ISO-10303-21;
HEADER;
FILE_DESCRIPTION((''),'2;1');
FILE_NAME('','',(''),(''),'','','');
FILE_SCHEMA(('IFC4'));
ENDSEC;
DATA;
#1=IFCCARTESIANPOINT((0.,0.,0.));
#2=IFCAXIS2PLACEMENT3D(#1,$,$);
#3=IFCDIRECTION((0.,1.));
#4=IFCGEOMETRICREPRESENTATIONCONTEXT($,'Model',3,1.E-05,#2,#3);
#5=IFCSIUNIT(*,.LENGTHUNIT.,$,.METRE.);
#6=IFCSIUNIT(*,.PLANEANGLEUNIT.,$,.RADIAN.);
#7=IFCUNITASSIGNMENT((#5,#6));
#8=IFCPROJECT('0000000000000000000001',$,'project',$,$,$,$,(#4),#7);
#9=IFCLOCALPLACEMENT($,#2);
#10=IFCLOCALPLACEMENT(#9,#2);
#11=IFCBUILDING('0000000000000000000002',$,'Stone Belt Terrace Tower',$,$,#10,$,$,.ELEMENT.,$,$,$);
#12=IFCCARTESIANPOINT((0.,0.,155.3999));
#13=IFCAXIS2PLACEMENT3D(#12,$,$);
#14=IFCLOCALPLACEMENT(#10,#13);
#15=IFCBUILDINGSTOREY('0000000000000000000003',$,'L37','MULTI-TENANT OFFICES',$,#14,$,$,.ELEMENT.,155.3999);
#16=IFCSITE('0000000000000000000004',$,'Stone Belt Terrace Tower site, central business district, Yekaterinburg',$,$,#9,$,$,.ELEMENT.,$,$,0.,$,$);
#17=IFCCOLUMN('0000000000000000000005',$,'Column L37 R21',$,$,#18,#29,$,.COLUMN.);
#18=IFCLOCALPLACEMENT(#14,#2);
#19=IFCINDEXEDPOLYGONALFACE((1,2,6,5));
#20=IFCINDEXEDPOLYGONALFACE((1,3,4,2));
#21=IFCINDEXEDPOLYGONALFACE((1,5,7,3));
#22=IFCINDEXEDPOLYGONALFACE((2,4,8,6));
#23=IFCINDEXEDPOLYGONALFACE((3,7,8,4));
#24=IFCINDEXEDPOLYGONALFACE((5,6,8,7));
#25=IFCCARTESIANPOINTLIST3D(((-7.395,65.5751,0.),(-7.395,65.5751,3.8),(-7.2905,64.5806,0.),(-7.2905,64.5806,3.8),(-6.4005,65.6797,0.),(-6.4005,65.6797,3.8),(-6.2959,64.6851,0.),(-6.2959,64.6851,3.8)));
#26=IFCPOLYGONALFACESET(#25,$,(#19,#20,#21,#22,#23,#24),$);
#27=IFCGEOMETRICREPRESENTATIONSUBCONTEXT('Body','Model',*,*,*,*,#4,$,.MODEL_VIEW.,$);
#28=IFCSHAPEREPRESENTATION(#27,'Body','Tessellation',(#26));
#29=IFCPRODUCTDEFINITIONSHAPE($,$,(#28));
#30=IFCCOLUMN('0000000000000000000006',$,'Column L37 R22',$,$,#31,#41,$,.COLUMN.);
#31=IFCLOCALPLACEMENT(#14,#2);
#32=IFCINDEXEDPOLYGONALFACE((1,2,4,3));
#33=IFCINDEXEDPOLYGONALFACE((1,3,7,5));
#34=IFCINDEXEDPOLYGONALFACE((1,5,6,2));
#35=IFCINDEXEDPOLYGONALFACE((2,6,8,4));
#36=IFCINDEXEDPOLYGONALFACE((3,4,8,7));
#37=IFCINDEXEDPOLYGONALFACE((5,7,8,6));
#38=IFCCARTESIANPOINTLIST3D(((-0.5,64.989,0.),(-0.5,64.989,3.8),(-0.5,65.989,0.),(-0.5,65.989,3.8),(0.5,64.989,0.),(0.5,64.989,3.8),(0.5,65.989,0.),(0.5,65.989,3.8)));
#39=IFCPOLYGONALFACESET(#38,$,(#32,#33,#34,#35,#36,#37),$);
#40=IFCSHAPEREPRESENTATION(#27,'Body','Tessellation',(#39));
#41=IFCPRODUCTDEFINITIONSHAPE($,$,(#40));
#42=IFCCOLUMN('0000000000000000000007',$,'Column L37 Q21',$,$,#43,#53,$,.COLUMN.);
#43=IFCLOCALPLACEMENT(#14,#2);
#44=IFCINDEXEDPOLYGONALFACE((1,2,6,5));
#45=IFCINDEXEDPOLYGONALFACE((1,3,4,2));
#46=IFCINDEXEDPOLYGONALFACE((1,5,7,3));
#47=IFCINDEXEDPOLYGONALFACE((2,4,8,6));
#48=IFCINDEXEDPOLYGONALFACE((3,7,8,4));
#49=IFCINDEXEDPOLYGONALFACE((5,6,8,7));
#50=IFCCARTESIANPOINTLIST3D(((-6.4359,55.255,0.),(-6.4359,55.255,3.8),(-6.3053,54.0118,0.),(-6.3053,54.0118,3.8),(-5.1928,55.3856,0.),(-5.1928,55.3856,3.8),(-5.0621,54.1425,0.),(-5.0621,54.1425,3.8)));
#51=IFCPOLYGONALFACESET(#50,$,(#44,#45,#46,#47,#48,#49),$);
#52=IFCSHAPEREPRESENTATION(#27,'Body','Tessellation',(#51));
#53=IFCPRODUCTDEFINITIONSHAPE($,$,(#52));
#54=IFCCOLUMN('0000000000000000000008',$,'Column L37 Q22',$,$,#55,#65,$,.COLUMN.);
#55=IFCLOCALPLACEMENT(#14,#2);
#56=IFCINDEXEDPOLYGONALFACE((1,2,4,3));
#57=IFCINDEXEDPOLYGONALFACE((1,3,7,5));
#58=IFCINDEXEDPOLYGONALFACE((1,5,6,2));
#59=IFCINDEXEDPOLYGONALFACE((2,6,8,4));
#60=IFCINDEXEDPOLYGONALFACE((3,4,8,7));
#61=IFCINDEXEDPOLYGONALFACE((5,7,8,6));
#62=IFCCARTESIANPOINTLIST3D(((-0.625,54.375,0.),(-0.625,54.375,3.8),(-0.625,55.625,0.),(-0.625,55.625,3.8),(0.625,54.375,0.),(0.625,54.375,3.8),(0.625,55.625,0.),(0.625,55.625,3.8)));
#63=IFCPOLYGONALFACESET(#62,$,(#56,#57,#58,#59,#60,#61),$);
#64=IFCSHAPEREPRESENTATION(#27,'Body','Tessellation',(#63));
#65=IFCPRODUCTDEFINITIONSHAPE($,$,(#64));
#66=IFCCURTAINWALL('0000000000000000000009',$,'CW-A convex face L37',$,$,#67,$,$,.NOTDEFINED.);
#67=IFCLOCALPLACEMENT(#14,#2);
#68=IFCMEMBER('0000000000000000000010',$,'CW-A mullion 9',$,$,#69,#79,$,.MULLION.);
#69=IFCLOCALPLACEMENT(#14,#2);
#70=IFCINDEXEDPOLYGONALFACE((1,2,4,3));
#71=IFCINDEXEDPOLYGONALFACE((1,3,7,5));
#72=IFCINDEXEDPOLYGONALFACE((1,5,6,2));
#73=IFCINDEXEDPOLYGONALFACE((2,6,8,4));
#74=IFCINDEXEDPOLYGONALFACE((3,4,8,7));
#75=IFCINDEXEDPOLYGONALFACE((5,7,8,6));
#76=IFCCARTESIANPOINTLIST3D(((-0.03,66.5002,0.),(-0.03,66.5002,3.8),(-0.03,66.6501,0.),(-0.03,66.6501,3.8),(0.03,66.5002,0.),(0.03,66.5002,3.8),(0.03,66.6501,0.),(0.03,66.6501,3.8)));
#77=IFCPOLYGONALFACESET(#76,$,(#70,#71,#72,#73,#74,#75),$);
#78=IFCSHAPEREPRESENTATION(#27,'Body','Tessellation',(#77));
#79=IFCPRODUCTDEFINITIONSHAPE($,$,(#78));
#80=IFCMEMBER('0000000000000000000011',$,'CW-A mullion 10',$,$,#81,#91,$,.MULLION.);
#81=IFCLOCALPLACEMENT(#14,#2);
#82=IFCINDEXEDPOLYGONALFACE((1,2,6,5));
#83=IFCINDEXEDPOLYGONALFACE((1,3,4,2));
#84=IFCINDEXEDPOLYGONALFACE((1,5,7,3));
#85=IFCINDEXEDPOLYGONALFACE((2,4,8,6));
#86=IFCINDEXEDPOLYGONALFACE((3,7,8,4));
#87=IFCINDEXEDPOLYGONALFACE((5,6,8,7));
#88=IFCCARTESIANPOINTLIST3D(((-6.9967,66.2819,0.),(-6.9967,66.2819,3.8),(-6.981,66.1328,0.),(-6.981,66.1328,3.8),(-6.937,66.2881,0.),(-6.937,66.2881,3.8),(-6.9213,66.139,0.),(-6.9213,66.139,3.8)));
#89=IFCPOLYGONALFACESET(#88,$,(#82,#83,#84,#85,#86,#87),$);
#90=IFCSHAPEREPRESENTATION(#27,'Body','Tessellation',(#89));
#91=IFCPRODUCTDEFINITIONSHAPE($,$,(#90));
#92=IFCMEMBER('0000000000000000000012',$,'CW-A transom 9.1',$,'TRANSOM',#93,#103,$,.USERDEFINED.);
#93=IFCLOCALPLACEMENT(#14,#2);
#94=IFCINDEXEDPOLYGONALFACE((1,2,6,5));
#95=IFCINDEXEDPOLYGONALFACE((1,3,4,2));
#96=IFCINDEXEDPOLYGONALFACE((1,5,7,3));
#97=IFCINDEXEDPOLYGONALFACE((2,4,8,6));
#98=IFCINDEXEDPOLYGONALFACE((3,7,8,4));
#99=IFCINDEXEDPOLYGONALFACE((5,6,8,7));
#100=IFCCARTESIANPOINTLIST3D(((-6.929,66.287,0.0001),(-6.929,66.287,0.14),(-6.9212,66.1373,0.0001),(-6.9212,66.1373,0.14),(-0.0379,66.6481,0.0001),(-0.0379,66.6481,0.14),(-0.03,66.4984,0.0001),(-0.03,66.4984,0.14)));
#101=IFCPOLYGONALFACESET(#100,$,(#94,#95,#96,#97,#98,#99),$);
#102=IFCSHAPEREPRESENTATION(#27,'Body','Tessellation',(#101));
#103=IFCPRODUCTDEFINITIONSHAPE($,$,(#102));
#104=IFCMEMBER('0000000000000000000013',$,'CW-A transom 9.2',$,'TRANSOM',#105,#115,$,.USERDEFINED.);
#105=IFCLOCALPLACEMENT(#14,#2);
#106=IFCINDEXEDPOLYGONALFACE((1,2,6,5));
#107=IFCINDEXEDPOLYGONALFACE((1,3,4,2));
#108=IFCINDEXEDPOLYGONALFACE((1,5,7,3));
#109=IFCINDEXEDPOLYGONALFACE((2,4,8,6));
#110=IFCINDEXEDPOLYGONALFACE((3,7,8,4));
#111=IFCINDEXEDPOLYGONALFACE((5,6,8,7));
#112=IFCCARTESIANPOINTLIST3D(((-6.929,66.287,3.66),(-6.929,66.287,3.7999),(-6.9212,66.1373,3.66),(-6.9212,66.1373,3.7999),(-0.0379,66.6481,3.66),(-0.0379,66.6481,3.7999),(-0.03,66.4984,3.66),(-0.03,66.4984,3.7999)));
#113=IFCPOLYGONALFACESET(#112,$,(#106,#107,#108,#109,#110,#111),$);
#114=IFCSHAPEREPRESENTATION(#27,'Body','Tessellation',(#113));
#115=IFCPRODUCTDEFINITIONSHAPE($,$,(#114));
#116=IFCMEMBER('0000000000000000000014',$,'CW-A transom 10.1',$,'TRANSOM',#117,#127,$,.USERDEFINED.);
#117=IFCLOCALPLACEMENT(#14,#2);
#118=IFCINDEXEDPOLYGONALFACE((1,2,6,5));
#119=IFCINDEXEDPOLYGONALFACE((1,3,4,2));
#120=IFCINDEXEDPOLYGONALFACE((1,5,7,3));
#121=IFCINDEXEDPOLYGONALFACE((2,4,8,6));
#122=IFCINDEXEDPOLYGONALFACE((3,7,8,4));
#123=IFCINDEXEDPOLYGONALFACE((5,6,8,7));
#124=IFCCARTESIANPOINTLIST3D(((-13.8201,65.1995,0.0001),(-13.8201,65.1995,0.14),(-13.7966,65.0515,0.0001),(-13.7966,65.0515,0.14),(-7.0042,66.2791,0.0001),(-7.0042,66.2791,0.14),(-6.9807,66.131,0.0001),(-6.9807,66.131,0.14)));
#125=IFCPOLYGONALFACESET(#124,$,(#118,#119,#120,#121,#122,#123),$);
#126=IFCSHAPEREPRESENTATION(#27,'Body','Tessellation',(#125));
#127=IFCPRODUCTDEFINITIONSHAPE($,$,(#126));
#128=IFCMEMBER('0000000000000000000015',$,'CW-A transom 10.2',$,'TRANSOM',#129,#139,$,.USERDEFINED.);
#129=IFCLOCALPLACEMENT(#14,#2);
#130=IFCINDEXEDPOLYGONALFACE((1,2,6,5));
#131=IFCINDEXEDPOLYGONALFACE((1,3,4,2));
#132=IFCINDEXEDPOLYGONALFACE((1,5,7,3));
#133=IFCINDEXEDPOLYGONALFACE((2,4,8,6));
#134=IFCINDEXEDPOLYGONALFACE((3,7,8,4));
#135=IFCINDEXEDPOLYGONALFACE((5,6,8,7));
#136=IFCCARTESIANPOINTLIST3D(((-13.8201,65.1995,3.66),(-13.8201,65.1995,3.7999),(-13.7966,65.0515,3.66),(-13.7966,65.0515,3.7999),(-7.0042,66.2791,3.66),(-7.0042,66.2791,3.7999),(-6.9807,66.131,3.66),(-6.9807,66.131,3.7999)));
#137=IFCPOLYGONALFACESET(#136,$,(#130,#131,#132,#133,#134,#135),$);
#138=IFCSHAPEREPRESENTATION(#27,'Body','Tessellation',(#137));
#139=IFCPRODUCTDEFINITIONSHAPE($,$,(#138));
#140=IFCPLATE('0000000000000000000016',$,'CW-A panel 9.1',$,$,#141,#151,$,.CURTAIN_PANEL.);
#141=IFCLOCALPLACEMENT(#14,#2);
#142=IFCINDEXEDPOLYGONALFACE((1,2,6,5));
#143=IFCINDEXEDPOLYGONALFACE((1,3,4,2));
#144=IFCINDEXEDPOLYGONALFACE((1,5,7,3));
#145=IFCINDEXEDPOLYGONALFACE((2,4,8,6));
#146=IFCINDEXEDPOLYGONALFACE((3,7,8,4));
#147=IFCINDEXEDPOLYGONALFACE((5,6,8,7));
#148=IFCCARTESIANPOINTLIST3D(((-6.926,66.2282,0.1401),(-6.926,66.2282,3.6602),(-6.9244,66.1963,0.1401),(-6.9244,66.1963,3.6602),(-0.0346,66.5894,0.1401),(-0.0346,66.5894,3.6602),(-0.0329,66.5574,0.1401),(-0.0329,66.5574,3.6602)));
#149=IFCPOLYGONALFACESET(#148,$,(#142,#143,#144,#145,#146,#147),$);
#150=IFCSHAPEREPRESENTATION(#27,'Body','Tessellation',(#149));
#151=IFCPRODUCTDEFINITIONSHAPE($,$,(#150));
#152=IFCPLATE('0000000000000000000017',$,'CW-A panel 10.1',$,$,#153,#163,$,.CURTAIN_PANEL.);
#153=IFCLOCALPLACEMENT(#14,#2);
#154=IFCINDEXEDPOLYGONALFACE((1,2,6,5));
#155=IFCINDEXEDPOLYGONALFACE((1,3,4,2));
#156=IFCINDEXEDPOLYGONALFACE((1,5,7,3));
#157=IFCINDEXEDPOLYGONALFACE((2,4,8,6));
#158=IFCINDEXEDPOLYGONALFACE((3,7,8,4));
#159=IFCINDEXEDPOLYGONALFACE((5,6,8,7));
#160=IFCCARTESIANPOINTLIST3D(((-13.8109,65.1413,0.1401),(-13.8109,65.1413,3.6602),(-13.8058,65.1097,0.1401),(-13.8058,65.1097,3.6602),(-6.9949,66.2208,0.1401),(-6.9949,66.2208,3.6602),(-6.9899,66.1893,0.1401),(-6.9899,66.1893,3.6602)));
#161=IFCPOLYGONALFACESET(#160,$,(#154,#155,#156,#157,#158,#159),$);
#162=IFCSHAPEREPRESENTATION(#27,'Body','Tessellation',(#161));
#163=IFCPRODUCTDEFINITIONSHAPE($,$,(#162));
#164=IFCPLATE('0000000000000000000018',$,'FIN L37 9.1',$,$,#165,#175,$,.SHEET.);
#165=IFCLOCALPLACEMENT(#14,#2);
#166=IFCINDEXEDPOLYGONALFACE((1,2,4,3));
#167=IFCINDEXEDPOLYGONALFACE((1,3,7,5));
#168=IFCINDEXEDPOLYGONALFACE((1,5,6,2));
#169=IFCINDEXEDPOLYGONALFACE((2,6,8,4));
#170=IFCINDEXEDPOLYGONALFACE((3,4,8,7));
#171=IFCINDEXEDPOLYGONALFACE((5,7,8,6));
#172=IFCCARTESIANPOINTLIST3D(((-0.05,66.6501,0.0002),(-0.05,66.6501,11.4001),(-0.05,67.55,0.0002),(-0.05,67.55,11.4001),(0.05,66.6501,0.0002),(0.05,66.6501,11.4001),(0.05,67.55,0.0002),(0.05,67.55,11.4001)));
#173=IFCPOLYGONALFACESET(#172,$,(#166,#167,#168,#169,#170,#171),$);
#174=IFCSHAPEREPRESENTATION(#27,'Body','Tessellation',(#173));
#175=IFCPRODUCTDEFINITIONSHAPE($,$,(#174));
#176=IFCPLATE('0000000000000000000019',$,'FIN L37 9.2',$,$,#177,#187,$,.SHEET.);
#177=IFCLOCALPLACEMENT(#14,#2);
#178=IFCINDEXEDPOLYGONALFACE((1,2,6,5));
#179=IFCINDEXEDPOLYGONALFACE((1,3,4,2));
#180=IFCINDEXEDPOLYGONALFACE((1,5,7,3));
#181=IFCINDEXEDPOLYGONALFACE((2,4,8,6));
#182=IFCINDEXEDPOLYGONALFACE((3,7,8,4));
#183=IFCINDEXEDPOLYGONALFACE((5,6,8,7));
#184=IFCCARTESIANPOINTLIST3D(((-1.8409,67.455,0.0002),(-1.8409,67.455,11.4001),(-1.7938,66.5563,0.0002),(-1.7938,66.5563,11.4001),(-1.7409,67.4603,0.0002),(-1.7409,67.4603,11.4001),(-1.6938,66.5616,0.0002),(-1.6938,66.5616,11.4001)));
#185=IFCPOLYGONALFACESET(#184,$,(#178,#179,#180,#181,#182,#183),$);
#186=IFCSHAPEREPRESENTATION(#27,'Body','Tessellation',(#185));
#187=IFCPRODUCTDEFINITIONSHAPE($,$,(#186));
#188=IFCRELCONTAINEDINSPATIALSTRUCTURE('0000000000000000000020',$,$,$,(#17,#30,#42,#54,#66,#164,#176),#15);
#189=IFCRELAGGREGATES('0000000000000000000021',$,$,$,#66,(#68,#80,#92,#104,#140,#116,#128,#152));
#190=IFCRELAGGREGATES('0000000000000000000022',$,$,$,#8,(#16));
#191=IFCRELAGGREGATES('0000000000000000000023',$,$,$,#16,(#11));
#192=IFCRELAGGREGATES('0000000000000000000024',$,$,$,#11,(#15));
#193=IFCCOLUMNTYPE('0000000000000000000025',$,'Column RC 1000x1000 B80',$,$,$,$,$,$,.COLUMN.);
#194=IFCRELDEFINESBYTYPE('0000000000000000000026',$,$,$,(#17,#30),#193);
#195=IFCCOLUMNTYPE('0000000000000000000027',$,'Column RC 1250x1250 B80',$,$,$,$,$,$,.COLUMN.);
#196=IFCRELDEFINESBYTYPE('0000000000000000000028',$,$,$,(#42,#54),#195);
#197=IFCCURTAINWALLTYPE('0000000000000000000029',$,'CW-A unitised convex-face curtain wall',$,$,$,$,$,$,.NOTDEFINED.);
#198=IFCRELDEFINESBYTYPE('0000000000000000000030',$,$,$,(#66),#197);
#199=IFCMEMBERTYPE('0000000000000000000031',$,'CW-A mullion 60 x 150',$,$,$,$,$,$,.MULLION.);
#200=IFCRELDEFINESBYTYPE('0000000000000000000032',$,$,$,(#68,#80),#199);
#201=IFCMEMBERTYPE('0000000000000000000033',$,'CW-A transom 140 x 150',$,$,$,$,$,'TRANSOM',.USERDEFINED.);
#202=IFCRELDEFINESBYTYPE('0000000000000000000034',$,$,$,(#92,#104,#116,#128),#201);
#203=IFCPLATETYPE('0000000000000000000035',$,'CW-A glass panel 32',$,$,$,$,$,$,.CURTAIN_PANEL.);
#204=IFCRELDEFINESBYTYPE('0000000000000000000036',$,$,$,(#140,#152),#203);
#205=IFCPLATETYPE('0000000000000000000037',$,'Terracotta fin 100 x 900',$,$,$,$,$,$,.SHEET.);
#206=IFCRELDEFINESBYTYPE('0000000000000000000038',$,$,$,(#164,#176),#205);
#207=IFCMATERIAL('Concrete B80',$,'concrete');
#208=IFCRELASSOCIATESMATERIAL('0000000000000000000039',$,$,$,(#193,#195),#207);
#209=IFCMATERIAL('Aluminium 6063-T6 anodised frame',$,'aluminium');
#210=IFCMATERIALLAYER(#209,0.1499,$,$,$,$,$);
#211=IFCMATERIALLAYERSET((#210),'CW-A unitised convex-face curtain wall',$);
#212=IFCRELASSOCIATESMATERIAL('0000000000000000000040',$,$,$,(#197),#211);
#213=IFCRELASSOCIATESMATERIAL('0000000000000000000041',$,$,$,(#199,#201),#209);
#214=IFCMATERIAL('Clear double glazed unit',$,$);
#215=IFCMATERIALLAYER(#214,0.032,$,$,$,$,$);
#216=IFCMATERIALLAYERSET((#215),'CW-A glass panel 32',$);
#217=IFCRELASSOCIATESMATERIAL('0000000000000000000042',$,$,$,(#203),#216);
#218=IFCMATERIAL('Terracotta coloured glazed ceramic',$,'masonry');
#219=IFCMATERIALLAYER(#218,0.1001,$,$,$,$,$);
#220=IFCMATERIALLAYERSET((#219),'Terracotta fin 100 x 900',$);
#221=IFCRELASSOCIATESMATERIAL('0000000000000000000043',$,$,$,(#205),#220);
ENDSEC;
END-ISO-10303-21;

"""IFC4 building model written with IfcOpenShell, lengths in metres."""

from ifc_helpers import new_model, si_unit, direction, frame, origin, origin_2d, place, context, subcontext, project, spatial, rectangle, extrude, material, layer, layer_set, material_profile, profile_set, type_object, element, aggregate, save


model = new_model("IFC4")

# Units and contexts
model_context = context("Model", 3, precision=1e-05, world=origin(), true_north=direction((0.0, 1.0)))
body_context = subcontext(model_context, "Body", "Model", "MODEL_VIEW")
ifc_project = project(units=[si_unit("LENGTHUNIT", "METRE"), si_unit("PLANEANGLEUNIT", "RADIAN")], contexts=[model_context])

# Site, building, storey
site_placement = place(None, origin())
site = spatial("IfcSite", under=ifc_project, at=site_placement, Name="Stone Belt Terrace Tower site, central business district, Yekaterinburg", CompositionType="ELEMENT", RefElevation=0.0)
building_placement = place(site_placement, origin())
building = spatial("IfcBuilding", under=site, at=building_placement, Name="Stone Belt Terrace Tower", CompositionType="ELEMENT")
storey_placement = place(building_placement, frame((0.0, 0.0, 155.3999)))
storey = spatial("IfcBuildingStorey", under=building, at=storey_placement, Name="L37", Description="MULTI-TENANT OFFICES", CompositionType="ELEMENT", Elevation=155.3999)

# Columns
ifc_material_1 = material(Name="Concrete B80", Category="concrete")
ifc_material_profile_1 = material_profile(ifc_material_1, rectangle(XDim=1.0, YDim=1.0, at=origin_2d()), Name="RC 1000x1000")
ifc_profile_set_1 = profile_set([ifc_material_profile_1], Name="Concrete B80")
column_type_1 = type_object("IfcColumnType", Name="Column RC 1000x1000 B80", PredefinedType="COLUMN", material=ifc_profile_set_1)
for number, where, z_axis, x_axis, name in (
    (1, (-6.8455, 65.1301, 0.0), (0.0, 0.0, 1.0), (0.994522, 0.104528, 0.0), "Column L37 R21"),
    (2, (0.0, 65.489, 0.0), (0.0, 0.0, 1.0), (1.0, 0.0, 0.0), "Column L37 R22"),
):
    element("IfcColumn", number, at=place(storey_placement, frame(where, z_axis=z_axis, x_axis=x_axis)), inside=storey, type_object=column_type_1, Name=name, PredefinedType="COLUMN", context=body_context, shape_type="SweptSolid", body=[
        extrude(rectangle(XDim=1.0, YDim=1.0, at=origin_2d()), origin(), (0.0, 0.0, 1.0), 3.8),
    ])
ifc_material_profile_2 = material_profile(ifc_material_1, rectangle(XDim=1.25, YDim=1.25, at=origin_2d()), Name="RC 1250x1250")
ifc_profile_set_2 = profile_set([ifc_material_profile_2], Name="Concrete B80")
column_type_2 = type_object("IfcColumnType", Name="Column RC 1250x1250 B80", PredefinedType="COLUMN", material=ifc_profile_set_2)
for number, where, z_axis, x_axis, name in (
    (3, (-5.749, 54.6987, 0.0), (0.0, 0.0, 1.0), (0.994522, 0.104528, 0.0), "Column L37 Q21"),
    (4, (0.0, 55.0, 0.0), (0.0, 0.0, 1.0), (1.0, 0.0, 0.0), "Column L37 Q22"),
):
    element("IfcColumn", number, at=place(storey_placement, frame(where, z_axis=z_axis, x_axis=x_axis)), inside=storey, type_object=column_type_2, Name=name, PredefinedType="COLUMN", context=body_context, shape_type="SweptSolid", body=[
        extrude(rectangle(XDim=1.25, YDim=1.25, at=origin_2d()), origin(), (0.0, 0.0, 1.0), 3.8),
    ])

# Curtain wall, members, plates
ifc_material_2 = material(Name="Aluminium 6063-T6 anodised frame", Category="aluminium")
ifc_layer_1 = layer(ifc_material_2, 0.1499)
ifc_layer_set_1 = layer_set([ifc_layer_1], Name="CW-A unitised convex-face curtain wall")
curtain_wall_type = type_object("IfcCurtainWallType", Name="CW-A unitised convex-face curtain wall", PredefinedType="NOTDEFINED", material=ifc_layer_set_1)
curtain_wall_placement = place(storey_placement, origin())
curtain_wall = element("IfcCurtainWall", 5, at=curtain_wall_placement, inside=storey, type_object=curtain_wall_type, Name="CW-A convex face L37", PredefinedType="NOTDEFINED")
ifc_material_profile_3 = material_profile(ifc_material_2, rectangle(XDim=0.1499, YDim=0.0601, at=origin_2d()), Name="Aluminium 6063-T6 60x150")
ifc_profile_set_3 = profile_set([ifc_material_profile_3], Name="Aluminium 6063-T6 anodised frame")
member_type_1 = type_object("IfcMemberType", Name="CW-A mullion 60 x 150", PredefinedType="MULLION", material=ifc_profile_set_3)
member_1_placement = place(storey_placement, frame((0.0, 66.5752, 0.0), z_axis=(0.0, 0.0, 1.0), x_axis=(0.0, -1.0, 0.0)))
member_1 = element("IfcMember", 6, at=member_1_placement, type_object=member_type_1, Name="CW-A mullion 9", PredefinedType="MULLION", context=body_context, shape_type="SweptSolid", body=[
    extrude(rectangle(XDim=0.1499, YDim=0.0601, at=origin_2d()), origin(), (0.0, 0.0, 1.0), 3.8),
])
member_2_placement = place(storey_placement, frame((-6.959, 66.2104, 0.0), z_axis=(0.0, 0.0, 1.0), x_axis=(0.104528, -0.994522, 0.0)))
member_2 = element("IfcMember", 7, at=member_2_placement, type_object=member_type_1, Name="CW-A mullion 10", PredefinedType="MULLION", context=body_context, shape_type="SweptSolid", body=[
    extrude(rectangle(XDim=0.1499, YDim=0.0601, at=origin_2d()), origin(), (0.0, 0.0, 1.0), 3.8),
])
ifc_material_profile_4 = material_profile(ifc_material_2, rectangle(XDim=0.1499, YDim=0.1399, at=origin_2d()), Name="Aluminium 6063-T6 150x140")
ifc_profile_set_4 = profile_set([ifc_material_profile_4], Name="Aluminium 6063-T6 anodised frame")
member_type_2 = type_object("IfcMemberType", Name="CW-A transom 140 x 150", ElementType="TRANSOM", PredefinedType="USERDEFINED", material=ifc_profile_set_4)
member_3_placement = place(storey_placement, frame((-0.0339, 66.5732, 0.0701), z_axis=(-0.99863, -0.052327, 0.0), x_axis=(0.052327, -0.99863, 0.0)))
member_3 = element("IfcMember", 8, at=member_3_placement, type_object=member_type_2, Name="CW-A transom 9.1", ObjectType="TRANSOM", PredefinedType="USERDEFINED", context=body_context, shape_type="SweptSolid", body=[
    extrude(rectangle(XDim=0.1499, YDim=0.1399, at=origin_2d()), origin(), (0.0, 0.0, 1.0), 6.9006),
])
member_4_placement = place(storey_placement, frame((-0.0339, 66.5732, 3.73), z_axis=(-0.99863, -0.052327, 0.0), x_axis=(0.052327, -0.99863, 0.0)))
member_4 = element("IfcMember", 9, at=member_4_placement, type_object=member_type_2, Name="CW-A transom 9.2", ObjectType="TRANSOM", PredefinedType="USERDEFINED", context=body_context, shape_type="SweptSolid", body=[
    extrude(rectangle(XDim=0.1499, YDim=0.1399, at=origin_2d()), origin(), (0.0, 0.0, 1.0), 6.9006),
])
member_5_placement = place(storey_placement, frame((-6.9924, 66.2051, 0.0701), z_axis=(-0.987687, -0.156442, 0.0), x_axis=(0.156442, -0.987687, 0.0)))
member_5 = element("IfcMember", 10, at=member_5_placement, type_object=member_type_2, Name="CW-A transom 10.1", ObjectType="TRANSOM", PredefinedType="USERDEFINED", context=body_context, shape_type="SweptSolid", body=[
    extrude(rectangle(XDim=0.1499, YDim=0.1399, at=origin_2d()), origin(), (0.0, 0.0, 1.0), 6.9009),
])
member_6_placement = place(storey_placement, frame((-6.9924, 66.2051, 3.73), z_axis=(-0.987687, -0.156442, 0.0), x_axis=(0.156442, -0.987687, 0.0)))
member_6 = element("IfcMember", 11, at=member_6_placement, type_object=member_type_2, Name="CW-A transom 10.2", ObjectType="TRANSOM", PredefinedType="USERDEFINED", context=body_context, shape_type="SweptSolid", body=[
    extrude(rectangle(XDim=0.1499, YDim=0.1399, at=origin_2d()), origin(), (0.0, 0.0, 1.0), 6.9009),
])
ifc_material_3 = material(Name="Clear double glazed unit")
ifc_layer_2 = layer(ifc_material_3, 0.032)
ifc_layer_set_2 = layer_set([ifc_layer_2], Name="CW-A glass panel 32")
plate_type_1 = type_object("IfcPlateType", Name="CW-A glass panel 32", PredefinedType="CURTAIN_PANEL", material=ifc_layer_set_2)
plate_1_placement = place(storey_placement, frame((-3.4795, 66.3928, 0.1401), z_axis=(0.0, 0.0, 1.0), x_axis=(-0.99863, -0.052336, 0.0)))
plate_1 = element("IfcPlate", 12, at=plate_1_placement, type_object=plate_type_1, Name="CW-A panel 9.1", PredefinedType="CURTAIN_PANEL", context=body_context, shape_type="SweptSolid", body=[
    extrude(rectangle(XDim=6.9009, YDim=0.032, at=origin_2d()), origin(), (0.0, 0.0, 1.0), 3.52),
])
plate_2_placement = place(storey_placement, frame((-10.4004, 65.6653, 0.1401), z_axis=(0.0, 0.0, 1.0), x_axis=(-0.987688, -0.156434, 0.0)))
plate_2 = element("IfcPlate", 13, at=plate_2_placement, type_object=plate_type_1, Name="CW-A panel 10.1", PredefinedType="CURTAIN_PANEL", context=body_context, shape_type="SweptSolid", body=[
    extrude(rectangle(XDim=6.9009, YDim=0.032, at=origin_2d()), origin(), (0.0, 0.0, 1.0), 3.52),
])
aggregate(curtain_wall, [member_1, member_2, member_3, member_4, plate_1, member_5, member_6, plate_2])

# Plates
ifc_material_4 = material(Name="Terracotta coloured glazed ceramic", Category="masonry")
ifc_layer_3 = layer(ifc_material_4, 0.1001)
ifc_layer_set_3 = layer_set([ifc_layer_3], Name="Terracotta fin 100 x 900")
plate_type_2 = type_object("IfcPlateType", Name="Terracotta fin 100 x 900", PredefinedType="SHEET", material=ifc_layer_set_3)
for number, where, z_axis, x_axis, name in (
    (14, (0.0, 67.1001, 0.0002), (0.0, 0.0, 1.0), (0.0, 1.0, 0.0), "FIN L37 9.1"),
    (15, (-1.7673, 67.0083, 0.0002), (0.0, 0.0, 1.0), (-0.052336, 0.99863, 0.0), "FIN L37 9.2"),
):
    element("IfcPlate", number, at=place(storey_placement, frame(where, z_axis=z_axis, x_axis=x_axis)), inside=storey, type_object=plate_type_2, Name=name, PredefinedType="SHEET", context=body_context, shape_type="SweptSolid", body=[
        extrude(rectangle(XDim=0.8999, YDim=0.1001, at=origin_2d()), origin(), (0.0, 0.0, 1.0), 11.3999),
    ])

save(model, "model.ifc")
